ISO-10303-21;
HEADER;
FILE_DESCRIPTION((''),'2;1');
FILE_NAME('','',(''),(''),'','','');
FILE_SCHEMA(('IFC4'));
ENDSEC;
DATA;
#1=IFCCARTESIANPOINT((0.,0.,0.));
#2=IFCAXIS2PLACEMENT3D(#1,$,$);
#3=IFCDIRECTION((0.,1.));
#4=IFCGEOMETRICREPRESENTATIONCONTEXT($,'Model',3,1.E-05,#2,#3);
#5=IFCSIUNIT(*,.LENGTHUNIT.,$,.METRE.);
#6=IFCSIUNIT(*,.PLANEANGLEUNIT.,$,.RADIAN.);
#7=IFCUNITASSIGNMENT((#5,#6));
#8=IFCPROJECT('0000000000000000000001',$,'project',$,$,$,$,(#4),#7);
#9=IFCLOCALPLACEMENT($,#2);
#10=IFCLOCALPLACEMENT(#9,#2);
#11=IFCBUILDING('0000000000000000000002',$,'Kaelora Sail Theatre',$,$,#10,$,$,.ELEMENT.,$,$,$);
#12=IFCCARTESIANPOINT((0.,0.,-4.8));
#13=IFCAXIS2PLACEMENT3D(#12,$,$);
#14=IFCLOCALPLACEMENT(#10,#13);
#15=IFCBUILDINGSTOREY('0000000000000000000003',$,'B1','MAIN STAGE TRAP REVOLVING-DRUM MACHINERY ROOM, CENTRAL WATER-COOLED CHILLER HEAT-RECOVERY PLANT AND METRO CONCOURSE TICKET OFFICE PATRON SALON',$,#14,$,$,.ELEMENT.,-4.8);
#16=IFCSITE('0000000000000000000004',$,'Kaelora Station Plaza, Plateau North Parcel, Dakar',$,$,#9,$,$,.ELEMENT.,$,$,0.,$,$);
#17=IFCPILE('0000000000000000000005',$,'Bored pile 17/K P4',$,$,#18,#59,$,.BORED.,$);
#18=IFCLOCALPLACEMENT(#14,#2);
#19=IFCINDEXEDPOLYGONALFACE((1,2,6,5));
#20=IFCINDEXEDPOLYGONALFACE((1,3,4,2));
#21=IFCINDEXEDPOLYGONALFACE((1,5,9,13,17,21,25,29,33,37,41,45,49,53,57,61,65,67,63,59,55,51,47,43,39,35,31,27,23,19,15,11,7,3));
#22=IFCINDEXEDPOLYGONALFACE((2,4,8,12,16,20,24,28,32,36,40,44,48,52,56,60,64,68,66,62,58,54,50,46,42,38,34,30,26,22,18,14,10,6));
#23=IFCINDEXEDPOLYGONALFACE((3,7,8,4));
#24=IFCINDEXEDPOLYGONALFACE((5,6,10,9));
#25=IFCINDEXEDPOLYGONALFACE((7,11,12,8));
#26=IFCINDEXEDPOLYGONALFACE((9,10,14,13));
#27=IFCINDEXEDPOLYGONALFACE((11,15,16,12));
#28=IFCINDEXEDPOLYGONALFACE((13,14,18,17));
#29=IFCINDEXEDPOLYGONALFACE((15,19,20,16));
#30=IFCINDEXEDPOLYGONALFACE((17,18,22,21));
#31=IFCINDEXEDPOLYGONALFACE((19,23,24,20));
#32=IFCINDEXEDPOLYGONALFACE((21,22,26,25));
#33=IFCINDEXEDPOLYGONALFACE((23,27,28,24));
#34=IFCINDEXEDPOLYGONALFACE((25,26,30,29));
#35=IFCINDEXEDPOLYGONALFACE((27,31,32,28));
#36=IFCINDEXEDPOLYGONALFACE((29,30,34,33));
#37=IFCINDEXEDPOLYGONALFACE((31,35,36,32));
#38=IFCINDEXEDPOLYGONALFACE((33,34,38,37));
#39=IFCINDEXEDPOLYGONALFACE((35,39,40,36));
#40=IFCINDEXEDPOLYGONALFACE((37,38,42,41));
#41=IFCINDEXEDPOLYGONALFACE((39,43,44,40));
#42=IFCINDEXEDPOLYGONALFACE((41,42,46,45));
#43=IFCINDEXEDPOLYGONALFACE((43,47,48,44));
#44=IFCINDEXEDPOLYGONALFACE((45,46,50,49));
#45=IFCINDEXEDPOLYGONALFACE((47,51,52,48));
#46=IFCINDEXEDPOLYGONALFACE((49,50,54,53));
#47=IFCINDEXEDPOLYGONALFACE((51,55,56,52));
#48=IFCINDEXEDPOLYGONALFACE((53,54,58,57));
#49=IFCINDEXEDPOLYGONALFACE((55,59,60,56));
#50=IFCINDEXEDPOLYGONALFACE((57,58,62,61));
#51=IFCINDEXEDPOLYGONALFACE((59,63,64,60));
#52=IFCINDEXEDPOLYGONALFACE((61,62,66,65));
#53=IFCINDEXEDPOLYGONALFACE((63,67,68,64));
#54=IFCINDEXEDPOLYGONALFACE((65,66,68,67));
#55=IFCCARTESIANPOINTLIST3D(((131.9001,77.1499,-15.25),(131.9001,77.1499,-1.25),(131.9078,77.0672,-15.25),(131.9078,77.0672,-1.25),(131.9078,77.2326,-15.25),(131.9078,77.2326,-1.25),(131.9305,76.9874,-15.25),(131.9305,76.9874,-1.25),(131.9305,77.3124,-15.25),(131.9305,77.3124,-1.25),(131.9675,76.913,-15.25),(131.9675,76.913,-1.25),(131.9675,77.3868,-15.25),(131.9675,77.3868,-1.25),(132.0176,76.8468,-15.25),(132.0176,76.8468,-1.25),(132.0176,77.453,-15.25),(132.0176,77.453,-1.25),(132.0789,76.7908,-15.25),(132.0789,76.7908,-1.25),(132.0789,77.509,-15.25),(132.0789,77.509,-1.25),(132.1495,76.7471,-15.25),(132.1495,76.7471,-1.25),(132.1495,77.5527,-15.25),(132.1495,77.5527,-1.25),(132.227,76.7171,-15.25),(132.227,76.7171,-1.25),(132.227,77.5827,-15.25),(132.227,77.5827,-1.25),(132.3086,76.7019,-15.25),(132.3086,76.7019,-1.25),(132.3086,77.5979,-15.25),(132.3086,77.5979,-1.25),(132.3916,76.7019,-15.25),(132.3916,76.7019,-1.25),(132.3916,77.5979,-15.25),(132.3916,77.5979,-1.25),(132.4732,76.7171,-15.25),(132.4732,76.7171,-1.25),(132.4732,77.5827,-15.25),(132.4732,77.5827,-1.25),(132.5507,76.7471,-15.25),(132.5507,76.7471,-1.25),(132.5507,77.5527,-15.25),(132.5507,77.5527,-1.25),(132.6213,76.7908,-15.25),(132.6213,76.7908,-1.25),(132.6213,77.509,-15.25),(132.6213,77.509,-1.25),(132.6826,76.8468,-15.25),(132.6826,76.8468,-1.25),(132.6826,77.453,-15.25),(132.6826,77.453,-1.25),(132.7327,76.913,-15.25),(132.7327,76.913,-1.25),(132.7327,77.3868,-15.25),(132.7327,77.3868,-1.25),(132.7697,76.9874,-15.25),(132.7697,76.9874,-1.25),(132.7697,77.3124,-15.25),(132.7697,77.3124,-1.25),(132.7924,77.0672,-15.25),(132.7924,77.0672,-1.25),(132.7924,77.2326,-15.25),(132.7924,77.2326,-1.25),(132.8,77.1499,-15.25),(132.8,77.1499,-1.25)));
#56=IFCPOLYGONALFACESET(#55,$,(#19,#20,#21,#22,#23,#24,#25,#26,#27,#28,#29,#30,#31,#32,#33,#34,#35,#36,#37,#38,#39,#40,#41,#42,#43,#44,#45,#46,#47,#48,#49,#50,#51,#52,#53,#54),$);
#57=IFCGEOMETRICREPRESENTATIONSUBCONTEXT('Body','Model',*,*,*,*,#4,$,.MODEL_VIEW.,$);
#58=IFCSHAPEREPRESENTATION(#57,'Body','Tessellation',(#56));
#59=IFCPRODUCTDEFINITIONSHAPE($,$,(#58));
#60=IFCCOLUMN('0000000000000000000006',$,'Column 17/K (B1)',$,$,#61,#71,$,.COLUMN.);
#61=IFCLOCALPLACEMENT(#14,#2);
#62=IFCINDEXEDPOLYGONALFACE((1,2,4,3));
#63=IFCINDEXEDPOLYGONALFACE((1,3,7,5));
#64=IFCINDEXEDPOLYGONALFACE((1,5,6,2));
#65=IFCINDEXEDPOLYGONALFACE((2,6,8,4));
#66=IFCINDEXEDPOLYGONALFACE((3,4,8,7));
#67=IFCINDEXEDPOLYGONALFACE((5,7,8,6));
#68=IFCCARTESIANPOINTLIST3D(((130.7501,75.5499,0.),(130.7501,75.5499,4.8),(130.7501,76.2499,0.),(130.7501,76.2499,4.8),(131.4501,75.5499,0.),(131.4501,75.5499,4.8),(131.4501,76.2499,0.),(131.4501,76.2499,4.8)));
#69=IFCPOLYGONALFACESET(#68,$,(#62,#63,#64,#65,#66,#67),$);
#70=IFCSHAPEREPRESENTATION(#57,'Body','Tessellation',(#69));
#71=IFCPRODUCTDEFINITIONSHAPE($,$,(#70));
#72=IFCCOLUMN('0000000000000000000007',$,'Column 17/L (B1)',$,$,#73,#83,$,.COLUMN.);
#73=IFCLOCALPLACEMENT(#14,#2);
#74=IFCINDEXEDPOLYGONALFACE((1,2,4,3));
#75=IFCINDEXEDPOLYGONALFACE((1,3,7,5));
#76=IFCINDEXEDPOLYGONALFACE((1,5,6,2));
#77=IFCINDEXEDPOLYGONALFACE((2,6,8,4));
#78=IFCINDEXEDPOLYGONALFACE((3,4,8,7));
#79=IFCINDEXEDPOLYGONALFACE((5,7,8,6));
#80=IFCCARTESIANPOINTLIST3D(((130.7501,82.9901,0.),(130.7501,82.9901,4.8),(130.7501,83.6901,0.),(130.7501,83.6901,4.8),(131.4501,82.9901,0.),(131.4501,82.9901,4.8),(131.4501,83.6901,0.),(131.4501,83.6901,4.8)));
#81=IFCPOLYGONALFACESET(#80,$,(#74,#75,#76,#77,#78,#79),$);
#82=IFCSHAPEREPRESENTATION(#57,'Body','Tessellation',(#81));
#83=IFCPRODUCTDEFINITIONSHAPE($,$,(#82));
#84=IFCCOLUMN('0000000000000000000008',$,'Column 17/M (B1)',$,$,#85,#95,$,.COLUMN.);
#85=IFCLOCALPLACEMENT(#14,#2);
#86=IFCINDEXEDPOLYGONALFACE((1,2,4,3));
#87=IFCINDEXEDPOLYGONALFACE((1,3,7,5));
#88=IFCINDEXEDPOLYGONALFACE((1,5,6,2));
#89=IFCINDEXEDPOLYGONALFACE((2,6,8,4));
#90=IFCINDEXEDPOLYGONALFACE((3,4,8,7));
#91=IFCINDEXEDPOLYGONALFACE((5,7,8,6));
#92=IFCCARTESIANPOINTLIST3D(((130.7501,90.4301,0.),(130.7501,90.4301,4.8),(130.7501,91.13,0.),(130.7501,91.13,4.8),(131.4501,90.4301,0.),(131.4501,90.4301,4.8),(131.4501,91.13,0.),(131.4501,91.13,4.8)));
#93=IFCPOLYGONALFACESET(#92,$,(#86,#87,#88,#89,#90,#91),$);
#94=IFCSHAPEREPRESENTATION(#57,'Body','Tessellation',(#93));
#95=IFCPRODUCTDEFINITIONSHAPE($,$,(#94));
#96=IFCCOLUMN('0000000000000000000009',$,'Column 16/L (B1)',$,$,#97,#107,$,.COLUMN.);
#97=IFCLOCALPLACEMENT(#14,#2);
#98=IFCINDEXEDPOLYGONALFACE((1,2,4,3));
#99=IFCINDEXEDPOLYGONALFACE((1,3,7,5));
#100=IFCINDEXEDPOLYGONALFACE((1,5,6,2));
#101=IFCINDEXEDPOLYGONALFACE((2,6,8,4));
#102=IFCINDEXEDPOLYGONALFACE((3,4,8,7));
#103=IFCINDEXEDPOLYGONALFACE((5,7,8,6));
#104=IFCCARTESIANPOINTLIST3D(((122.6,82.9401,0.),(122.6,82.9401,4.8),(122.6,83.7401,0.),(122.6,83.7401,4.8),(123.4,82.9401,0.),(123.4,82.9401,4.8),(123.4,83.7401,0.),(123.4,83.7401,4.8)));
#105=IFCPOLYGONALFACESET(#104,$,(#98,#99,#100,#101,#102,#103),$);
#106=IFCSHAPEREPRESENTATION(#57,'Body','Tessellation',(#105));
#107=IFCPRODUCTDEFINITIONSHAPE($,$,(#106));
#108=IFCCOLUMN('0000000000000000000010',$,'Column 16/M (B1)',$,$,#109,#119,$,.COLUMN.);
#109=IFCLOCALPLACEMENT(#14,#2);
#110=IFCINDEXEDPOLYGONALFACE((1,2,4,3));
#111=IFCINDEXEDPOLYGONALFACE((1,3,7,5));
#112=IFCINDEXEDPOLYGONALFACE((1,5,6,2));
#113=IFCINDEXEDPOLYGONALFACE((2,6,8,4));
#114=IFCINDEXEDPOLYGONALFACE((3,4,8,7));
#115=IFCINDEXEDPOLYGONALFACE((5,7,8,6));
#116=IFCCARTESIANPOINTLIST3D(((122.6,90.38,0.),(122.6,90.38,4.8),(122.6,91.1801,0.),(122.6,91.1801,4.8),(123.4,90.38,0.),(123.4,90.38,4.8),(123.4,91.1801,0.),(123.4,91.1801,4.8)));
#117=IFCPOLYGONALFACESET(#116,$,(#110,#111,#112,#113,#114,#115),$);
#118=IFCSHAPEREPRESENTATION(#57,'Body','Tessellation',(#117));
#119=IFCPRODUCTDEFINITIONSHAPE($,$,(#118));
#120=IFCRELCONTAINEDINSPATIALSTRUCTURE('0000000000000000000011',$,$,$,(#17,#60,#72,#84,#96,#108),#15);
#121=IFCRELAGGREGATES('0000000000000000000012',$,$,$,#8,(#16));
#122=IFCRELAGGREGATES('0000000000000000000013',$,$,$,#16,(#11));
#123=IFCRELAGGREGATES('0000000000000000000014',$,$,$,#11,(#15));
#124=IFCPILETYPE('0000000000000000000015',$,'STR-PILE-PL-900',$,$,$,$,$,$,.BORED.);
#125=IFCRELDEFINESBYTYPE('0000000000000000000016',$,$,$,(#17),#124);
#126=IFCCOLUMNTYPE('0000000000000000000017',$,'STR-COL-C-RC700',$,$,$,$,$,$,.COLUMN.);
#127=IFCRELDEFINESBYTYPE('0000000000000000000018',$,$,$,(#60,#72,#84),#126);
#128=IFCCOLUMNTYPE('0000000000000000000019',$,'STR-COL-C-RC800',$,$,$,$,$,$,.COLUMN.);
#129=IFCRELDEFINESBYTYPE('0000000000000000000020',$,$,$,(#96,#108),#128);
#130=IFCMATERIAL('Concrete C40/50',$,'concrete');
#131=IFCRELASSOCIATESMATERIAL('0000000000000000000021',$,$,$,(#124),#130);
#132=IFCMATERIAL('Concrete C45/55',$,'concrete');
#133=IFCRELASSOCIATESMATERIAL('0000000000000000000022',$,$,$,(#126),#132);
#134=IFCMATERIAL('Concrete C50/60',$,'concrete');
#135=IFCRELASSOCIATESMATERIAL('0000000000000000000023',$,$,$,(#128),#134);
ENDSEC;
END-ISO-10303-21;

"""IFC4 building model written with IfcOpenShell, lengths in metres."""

from ifc_helpers import new_model, si_unit, direction, frame, origin, origin_2d, place, context, subcontext, project, spatial, rectangle, circle, extrude, material, material_profile, profile_set, type_object, element, save


model = new_model("IFC4")

# Units and contexts
model_context = context("Model", 3, precision=1e-05, world=origin(), true_north=direction((0.0, 1.0)))
body_context = subcontext(model_context, "Body", "Model", "MODEL_VIEW")
ifc_project = project(units=[si_unit("LENGTHUNIT", "METRE"), si_unit("PLANEANGLEUNIT", "RADIAN")], contexts=[model_context])

# Site, building, storey
site_placement = place(None, origin())
site = spatial("IfcSite", under=ifc_project, at=site_placement, Name="Kaelora Station Plaza, Plateau North Parcel, Dakar", CompositionType="ELEMENT", RefElevation=0.0)
building_placement = place(site_placement, origin())
building = spatial("IfcBuilding", under=site, at=building_placement, Name="Kaelora Sail Theatre", CompositionType="ELEMENT")
storey_placement = place(building_placement, frame((0.0, 0.0, -4.8)))
storey = spatial("IfcBuildingStorey", under=building, at=storey_placement, Name="B1", Description="MAIN STAGE TRAP REVOLVING-DRUM MACHINERY ROOM, CENTRAL WATER-COOLED CHILLER HEAT-RECOVERY PLANT AND METRO CONCOURSE TICKET OFFICE PATRON SALON", CompositionType="ELEMENT", Elevation=-4.8)

# Pile
ifc_material_1 = material(Name="Concrete C40/50", Category="concrete")
ifc_material_profile_1 = material_profile(ifc_material_1, circle(Radius=0.45, at=origin_2d()), Name="PILE D900")
ifc_profile_set_1 = profile_set([ifc_material_profile_1], Name="Concrete C40/50")
pile_type_1 = type_object("IfcPileType", Name="STR-PILE-PL-900", PredefinedType="BORED", material=ifc_profile_set_1)
for number, where, z_axis, x_axis, name in (
    (1, (132.3501, 77.1499, -1.25), (0.0, 0.0, -1.0), (1.0, 0.0, 0.0), "Bored pile 17/K P4"),
):
    element("IfcPile", number, at=place(storey_placement, frame(where, z_axis=z_axis, x_axis=x_axis)), inside=storey, type_object=pile_type_1, Name=name, PredefinedType="BORED", context=body_context, shape_type="SweptSolid", body=[
        extrude(circle(Radius=0.45, at=origin_2d()), origin(), (0.0, 0.0, 1.0), 14.0),
    ])

# Columns
ifc_material_2 = material(Name="Concrete C45/55", Category="concrete")
ifc_material_profile_2 = material_profile(ifc_material_2, rectangle(XDim=0.7, YDim=0.7, at=origin_2d()), Name="RC-COL 700x700")
ifc_profile_set_2 = profile_set([ifc_material_profile_2], Name="Concrete C45/55")
column_type_1 = type_object("IfcColumnType", Name="STR-COL-C-RC700", PredefinedType="COLUMN", material=ifc_profile_set_2)
for number, where, z_axis, x_axis, name in (
    (2, (131.1001, 75.8999, 0.0), (0.0, 0.0, 1.0), (1.0, 0.0, 0.0), "Column 17/K (B1)"),
    (3, (131.1001, 83.3401, 0.0), (0.0, 0.0, 1.0), (1.0, 0.0, 0.0), "Column 17/L (B1)"),
    (4, (131.1001, 90.78, 0.0), (0.0, 0.0, 1.0), (1.0, 0.0, 0.0), "Column 17/M (B1)"),
):
    element("IfcColumn", number, at=place(storey_placement, frame(where, z_axis=z_axis, x_axis=x_axis)), inside=storey, type_object=column_type_1, Name=name, PredefinedType="COLUMN", context=body_context, shape_type="SweptSolid", body=[
        extrude(rectangle(XDim=0.7, YDim=0.7, at=origin_2d()), origin(), (0.0, 0.0, 1.0), 4.8),
    ])
ifc_material_3 = material(Name="Concrete C50/60", Category="concrete")
ifc_material_profile_3 = material_profile(ifc_material_3, rectangle(XDim=0.8, YDim=0.8, at=origin_2d()), Name="RC-COL 800x800")
ifc_profile_set_3 = profile_set([ifc_material_profile_3], Name="Concrete C50/60")
column_type_2 = type_object("IfcColumnType", Name="STR-COL-C-RC800", PredefinedType="COLUMN", material=ifc_profile_set_3)
for number, where, z_axis, x_axis, name in (
    (5, (123.0, 83.3401, 0.0), (0.0, 0.0, 1.0), (1.0, 0.0, 0.0), "Column 16/L (B1)"),
    (6, (123.0, 90.78, 0.0), (0.0, 0.0, 1.0), (1.0, 0.0, 0.0), "Column 16/M (B1)"),
):
    element("IfcColumn", number, at=place(storey_placement, frame(where, z_axis=z_axis, x_axis=x_axis)), inside=storey, type_object=column_type_2, Name=name, PredefinedType="COLUMN", context=body_context, shape_type="SweptSolid", body=[
        extrude(rectangle(XDim=0.8, YDim=0.8, at=origin_2d()), origin(), (0.0, 0.0, 1.0), 4.8),
    ])

save(model, "model.ifc")
